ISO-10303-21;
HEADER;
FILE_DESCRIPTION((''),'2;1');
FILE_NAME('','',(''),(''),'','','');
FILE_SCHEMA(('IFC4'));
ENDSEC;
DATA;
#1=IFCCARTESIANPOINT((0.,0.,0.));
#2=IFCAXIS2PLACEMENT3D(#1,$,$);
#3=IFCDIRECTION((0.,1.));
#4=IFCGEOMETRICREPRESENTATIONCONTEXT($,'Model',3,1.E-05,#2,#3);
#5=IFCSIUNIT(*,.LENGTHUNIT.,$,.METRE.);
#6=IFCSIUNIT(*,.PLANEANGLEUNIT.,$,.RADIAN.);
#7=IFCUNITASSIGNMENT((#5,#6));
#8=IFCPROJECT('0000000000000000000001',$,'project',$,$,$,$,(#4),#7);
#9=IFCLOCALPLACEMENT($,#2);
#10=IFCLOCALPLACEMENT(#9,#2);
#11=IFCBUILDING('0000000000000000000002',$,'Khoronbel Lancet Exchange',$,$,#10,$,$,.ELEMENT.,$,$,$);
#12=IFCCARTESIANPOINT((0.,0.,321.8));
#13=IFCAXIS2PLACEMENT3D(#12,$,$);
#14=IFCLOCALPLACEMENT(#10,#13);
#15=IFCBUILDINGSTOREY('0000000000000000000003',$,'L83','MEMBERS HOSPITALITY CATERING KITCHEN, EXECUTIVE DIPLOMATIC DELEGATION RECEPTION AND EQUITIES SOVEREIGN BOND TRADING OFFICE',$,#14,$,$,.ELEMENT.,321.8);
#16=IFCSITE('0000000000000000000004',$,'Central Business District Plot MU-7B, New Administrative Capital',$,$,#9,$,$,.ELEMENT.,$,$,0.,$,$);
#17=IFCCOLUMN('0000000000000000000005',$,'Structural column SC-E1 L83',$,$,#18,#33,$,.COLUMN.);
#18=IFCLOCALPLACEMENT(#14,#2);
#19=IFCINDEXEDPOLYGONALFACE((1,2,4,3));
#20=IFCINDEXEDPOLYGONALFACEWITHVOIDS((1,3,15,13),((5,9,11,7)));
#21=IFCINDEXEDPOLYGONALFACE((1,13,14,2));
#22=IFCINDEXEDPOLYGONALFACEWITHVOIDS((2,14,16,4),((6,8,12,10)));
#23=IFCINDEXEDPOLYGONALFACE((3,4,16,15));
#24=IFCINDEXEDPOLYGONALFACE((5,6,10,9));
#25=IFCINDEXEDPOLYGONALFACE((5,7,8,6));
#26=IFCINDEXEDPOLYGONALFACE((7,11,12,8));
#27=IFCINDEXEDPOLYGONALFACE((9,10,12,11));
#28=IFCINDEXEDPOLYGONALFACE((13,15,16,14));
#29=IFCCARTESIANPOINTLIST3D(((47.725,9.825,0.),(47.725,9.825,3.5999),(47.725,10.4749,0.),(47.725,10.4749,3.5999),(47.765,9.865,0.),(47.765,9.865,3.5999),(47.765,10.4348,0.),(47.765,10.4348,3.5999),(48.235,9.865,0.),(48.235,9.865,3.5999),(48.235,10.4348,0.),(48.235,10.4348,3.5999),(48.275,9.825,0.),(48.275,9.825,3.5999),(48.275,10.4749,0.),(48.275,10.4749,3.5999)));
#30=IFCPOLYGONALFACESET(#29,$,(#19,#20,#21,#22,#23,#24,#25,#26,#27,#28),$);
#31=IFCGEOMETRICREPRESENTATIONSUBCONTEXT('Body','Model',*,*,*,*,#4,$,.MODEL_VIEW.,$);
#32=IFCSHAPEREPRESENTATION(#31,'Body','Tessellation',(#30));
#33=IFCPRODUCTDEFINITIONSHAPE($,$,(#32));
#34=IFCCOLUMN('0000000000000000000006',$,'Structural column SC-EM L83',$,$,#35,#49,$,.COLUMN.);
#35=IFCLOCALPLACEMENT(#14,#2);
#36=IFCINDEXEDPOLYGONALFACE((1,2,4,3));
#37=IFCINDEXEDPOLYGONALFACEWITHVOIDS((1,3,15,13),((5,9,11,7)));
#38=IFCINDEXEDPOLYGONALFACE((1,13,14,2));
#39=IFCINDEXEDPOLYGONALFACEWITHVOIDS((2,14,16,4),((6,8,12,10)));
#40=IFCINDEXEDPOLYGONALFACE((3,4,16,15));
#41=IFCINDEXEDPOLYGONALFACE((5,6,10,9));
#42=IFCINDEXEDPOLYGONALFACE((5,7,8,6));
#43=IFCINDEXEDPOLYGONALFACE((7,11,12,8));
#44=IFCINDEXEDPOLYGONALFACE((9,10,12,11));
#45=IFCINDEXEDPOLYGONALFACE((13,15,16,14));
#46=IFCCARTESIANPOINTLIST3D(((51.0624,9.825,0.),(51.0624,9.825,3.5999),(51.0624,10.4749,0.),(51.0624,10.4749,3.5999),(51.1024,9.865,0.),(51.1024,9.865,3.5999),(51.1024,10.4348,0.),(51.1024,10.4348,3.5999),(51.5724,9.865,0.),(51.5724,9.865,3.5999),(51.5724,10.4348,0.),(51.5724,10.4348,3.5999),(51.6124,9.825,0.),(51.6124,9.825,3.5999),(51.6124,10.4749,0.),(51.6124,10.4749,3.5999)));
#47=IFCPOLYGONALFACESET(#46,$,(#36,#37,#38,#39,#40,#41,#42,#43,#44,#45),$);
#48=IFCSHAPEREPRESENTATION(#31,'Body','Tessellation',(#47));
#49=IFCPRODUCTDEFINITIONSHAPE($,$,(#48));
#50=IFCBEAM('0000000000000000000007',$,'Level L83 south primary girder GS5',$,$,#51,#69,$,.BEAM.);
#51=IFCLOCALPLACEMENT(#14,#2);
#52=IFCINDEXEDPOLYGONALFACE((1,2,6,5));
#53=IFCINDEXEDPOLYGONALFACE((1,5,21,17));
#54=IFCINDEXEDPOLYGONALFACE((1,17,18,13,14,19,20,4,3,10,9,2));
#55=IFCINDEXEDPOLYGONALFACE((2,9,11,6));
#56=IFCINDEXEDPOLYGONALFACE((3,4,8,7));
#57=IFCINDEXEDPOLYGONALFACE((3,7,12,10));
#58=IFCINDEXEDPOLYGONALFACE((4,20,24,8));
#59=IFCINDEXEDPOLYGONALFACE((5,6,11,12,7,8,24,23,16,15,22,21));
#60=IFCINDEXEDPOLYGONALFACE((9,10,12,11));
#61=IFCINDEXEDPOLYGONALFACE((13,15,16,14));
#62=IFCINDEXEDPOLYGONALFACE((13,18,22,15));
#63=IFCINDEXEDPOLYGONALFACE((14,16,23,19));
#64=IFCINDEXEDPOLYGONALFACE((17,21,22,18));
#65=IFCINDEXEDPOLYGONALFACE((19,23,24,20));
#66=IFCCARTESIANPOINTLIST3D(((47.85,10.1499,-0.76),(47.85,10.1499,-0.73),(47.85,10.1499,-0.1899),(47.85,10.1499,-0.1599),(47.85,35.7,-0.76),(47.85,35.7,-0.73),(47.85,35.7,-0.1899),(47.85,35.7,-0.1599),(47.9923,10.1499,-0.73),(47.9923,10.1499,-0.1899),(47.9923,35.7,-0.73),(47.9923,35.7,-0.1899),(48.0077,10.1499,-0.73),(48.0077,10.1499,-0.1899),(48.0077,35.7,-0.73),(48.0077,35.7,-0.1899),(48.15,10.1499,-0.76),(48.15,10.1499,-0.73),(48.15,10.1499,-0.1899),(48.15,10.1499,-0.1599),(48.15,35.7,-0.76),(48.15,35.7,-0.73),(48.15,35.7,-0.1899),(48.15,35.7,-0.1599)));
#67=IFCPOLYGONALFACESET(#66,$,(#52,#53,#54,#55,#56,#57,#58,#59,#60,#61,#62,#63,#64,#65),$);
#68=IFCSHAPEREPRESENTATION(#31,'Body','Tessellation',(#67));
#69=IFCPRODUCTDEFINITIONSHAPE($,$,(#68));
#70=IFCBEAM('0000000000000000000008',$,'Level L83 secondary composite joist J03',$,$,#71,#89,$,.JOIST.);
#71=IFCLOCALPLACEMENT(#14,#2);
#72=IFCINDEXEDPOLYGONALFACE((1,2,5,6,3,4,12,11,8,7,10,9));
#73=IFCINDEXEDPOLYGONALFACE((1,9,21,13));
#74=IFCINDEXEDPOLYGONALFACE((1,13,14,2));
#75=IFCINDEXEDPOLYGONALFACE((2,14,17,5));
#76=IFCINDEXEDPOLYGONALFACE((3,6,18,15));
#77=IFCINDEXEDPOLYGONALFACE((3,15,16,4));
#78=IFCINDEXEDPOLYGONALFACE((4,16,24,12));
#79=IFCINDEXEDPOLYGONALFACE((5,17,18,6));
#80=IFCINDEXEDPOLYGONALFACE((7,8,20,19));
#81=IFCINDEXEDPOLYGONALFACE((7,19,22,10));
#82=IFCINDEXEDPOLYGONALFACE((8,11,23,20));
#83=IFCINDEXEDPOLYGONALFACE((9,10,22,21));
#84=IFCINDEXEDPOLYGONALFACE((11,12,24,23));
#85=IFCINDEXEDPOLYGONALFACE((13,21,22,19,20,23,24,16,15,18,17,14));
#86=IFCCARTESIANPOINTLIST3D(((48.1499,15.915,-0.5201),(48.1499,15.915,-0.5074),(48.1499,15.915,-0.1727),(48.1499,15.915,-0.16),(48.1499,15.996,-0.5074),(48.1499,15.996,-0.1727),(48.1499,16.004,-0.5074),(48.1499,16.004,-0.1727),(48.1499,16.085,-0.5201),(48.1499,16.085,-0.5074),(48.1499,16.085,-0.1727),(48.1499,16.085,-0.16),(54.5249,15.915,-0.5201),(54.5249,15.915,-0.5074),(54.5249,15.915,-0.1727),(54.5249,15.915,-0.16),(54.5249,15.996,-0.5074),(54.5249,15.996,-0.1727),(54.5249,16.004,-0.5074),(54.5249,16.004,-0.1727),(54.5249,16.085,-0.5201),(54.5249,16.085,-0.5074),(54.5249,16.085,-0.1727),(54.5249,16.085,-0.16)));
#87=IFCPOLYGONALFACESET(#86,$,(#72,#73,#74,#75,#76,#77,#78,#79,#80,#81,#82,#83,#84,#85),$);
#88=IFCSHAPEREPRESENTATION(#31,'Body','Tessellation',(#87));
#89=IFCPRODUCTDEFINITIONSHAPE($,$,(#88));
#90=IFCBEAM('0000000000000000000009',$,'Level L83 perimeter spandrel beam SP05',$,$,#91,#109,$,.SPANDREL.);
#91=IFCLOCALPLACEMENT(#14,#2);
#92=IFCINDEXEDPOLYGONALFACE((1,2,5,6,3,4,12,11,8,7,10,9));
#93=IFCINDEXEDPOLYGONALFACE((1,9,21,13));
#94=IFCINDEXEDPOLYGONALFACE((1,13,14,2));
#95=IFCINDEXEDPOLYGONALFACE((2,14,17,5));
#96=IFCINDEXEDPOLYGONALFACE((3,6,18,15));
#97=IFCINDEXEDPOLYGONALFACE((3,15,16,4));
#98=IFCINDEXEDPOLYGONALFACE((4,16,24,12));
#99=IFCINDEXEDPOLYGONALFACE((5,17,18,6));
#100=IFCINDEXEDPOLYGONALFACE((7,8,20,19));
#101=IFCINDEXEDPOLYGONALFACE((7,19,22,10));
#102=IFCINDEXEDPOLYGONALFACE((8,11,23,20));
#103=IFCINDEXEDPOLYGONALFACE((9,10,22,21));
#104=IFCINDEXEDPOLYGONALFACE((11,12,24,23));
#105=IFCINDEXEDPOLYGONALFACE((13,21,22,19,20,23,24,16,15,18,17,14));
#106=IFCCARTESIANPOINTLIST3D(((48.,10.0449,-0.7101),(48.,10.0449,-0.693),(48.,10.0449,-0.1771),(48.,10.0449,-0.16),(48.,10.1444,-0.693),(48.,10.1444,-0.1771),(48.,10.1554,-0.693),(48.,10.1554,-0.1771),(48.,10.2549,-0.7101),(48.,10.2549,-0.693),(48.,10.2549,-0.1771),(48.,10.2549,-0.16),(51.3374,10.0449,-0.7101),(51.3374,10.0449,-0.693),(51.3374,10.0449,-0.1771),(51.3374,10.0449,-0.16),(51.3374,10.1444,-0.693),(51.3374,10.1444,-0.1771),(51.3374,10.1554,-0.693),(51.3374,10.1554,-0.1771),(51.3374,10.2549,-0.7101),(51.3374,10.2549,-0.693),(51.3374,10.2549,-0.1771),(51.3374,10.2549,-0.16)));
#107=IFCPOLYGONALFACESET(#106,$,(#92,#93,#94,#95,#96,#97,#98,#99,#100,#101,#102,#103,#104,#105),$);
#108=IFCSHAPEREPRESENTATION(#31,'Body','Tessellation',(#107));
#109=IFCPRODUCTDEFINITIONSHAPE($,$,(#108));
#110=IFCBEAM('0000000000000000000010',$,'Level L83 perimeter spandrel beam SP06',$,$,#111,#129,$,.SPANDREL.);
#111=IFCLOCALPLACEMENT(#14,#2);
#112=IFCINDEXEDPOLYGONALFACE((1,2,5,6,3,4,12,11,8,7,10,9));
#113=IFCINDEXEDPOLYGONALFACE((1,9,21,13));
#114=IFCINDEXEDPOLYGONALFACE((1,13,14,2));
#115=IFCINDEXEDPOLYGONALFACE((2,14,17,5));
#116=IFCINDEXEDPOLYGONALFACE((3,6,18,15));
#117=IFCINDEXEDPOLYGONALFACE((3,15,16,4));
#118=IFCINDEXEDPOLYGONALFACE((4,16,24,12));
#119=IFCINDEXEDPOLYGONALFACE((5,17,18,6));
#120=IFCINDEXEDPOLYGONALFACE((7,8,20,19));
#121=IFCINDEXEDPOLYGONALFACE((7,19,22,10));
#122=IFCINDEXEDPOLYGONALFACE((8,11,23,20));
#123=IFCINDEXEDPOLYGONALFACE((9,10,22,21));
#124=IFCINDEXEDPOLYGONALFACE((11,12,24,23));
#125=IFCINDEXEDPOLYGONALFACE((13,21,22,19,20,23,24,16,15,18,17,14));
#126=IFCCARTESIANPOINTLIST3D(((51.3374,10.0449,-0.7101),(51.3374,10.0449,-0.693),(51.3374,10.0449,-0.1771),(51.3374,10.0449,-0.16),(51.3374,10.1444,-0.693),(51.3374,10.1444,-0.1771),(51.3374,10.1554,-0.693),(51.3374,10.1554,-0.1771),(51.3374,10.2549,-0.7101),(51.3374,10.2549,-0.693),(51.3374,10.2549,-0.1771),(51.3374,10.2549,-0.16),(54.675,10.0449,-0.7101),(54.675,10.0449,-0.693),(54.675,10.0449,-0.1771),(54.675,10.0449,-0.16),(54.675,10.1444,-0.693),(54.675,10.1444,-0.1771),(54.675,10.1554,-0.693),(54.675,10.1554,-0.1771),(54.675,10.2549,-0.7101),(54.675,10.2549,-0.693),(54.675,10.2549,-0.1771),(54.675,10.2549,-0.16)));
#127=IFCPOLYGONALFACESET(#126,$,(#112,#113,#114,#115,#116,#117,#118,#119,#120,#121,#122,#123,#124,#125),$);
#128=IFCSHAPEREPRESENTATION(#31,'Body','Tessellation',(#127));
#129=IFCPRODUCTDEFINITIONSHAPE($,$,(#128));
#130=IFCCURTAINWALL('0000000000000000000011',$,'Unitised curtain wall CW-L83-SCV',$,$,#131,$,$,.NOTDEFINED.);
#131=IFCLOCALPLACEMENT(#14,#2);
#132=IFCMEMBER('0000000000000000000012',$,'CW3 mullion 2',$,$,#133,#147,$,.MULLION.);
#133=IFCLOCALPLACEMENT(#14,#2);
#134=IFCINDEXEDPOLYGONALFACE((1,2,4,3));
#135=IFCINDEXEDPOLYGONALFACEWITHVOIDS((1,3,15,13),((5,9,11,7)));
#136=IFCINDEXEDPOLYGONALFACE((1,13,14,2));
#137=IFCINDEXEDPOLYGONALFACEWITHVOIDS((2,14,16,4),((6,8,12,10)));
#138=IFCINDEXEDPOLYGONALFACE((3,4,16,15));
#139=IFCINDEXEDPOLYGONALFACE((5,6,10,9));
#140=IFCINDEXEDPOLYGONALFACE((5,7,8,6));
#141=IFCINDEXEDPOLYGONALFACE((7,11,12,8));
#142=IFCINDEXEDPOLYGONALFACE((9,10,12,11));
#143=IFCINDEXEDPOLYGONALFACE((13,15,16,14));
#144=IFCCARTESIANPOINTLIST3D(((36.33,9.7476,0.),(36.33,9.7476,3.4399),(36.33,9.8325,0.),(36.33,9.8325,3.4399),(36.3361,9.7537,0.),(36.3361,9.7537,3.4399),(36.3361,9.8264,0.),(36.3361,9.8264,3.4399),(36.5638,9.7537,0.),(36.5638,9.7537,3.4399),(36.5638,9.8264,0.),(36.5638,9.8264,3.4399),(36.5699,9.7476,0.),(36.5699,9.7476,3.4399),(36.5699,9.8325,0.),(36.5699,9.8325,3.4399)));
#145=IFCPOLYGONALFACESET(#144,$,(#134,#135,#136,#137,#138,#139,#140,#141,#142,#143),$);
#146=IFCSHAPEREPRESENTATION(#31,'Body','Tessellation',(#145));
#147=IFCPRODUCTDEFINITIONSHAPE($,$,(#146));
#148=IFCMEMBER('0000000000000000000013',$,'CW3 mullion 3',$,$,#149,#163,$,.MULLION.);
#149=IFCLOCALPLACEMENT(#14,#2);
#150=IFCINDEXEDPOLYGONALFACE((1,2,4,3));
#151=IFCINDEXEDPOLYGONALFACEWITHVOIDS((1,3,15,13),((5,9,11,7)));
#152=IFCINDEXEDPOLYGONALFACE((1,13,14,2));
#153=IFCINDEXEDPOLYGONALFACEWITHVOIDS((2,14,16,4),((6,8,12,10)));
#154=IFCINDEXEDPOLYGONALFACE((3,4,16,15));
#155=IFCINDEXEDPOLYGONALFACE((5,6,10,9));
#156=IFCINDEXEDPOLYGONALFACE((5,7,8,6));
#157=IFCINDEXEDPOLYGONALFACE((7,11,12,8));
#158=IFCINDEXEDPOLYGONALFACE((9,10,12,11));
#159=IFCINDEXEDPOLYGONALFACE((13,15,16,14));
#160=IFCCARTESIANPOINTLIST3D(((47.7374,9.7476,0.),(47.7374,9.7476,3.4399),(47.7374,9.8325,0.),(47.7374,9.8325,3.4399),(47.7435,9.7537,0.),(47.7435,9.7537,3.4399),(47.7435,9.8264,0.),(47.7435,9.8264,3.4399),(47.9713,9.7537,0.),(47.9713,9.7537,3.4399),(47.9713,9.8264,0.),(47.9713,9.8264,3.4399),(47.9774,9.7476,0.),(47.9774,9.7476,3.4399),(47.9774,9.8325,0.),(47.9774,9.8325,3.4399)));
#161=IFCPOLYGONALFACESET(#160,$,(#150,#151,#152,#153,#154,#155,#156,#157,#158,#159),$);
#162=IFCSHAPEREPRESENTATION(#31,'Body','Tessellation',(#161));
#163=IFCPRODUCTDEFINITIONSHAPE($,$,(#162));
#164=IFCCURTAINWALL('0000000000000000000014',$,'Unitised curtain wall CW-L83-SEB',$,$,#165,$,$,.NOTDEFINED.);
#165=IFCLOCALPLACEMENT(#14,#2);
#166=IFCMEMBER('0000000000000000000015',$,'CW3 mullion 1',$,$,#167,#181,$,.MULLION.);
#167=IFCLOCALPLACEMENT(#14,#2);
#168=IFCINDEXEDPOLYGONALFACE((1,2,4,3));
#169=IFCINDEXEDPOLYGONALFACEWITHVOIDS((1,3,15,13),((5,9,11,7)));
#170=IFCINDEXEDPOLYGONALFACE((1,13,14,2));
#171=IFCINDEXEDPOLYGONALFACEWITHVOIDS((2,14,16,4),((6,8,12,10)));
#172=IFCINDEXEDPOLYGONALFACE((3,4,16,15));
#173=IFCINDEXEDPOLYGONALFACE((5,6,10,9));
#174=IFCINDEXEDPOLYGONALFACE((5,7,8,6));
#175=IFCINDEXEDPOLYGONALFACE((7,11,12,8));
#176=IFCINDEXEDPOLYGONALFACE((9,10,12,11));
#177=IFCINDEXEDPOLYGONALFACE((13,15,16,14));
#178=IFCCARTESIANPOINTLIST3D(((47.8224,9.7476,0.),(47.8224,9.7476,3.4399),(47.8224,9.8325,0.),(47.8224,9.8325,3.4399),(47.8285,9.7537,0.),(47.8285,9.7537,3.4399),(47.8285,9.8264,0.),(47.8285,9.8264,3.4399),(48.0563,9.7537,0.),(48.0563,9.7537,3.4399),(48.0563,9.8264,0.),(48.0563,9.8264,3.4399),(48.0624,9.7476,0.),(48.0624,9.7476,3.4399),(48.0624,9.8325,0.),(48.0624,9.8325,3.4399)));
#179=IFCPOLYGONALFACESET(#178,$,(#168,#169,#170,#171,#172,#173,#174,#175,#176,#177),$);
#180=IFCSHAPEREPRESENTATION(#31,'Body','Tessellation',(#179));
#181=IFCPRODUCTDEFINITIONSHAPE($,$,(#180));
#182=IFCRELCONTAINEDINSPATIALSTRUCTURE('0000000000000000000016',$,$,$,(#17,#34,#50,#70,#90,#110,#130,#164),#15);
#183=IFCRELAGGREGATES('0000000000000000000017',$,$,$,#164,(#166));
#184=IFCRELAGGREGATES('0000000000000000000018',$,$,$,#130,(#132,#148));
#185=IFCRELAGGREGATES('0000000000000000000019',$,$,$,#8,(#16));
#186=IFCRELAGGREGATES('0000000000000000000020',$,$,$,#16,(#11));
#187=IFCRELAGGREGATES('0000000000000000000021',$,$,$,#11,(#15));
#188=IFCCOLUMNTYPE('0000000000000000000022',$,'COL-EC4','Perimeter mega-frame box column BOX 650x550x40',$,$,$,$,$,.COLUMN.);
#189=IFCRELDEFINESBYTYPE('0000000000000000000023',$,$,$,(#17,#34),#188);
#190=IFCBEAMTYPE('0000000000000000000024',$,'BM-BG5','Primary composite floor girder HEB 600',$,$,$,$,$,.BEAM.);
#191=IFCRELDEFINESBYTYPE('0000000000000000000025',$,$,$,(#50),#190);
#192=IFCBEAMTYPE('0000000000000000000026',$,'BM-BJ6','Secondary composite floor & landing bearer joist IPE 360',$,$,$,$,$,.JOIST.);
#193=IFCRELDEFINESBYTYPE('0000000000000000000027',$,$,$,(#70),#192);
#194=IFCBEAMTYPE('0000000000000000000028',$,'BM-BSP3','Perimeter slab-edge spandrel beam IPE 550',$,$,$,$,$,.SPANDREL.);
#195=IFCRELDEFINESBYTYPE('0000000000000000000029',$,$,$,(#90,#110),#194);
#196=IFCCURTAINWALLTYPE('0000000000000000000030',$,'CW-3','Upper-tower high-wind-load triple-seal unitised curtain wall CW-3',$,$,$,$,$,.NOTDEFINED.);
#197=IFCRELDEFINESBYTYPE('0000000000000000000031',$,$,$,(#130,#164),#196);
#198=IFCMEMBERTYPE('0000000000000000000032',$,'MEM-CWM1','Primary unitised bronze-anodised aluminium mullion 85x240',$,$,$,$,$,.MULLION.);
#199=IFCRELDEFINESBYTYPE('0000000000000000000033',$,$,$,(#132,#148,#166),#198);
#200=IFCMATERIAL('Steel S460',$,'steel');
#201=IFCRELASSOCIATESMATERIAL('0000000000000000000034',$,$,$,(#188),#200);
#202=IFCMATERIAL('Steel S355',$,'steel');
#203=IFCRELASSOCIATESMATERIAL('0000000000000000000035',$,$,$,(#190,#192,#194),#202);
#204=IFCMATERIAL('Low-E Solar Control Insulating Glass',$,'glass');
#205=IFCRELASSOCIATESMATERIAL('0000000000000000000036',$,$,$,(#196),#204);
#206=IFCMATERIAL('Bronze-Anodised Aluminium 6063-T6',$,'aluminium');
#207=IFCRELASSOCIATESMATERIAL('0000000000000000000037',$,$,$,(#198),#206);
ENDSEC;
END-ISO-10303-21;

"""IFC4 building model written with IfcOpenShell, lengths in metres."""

from ifc_helpers import new_model, si_unit, direction, frame, origin, origin_2d, place, context, subcontext, project, spatial, hollow_rectangle, i_section, extrude, material, material_profile, profile_set, type_object, element, aggregate, save


model = new_model("IFC4")

# Units and contexts
model_context = context("Model", 3, precision=1e-05, world=origin(), true_north=direction((0.0, 1.0)))
body_context = subcontext(model_context, "Body", "Model", "MODEL_VIEW")
ifc_project = project(units=[si_unit("LENGTHUNIT", "METRE"), si_unit("PLANEANGLEUNIT", "RADIAN")], contexts=[model_context])

# Site, building, storey
site_placement = place(None, origin())
site = spatial("IfcSite", under=ifc_project, at=site_placement, Name="Central Business District Plot MU-7B, New Administrative Capital", CompositionType="ELEMENT", RefElevation=0.0)
building_placement = place(site_placement, origin())
building = spatial("IfcBuilding", under=site, at=building_placement, Name="Khoronbel Lancet Exchange", CompositionType="ELEMENT")
storey_placement = place(building_placement, frame((0.0, 0.0, 321.8)))
storey = spatial("IfcBuildingStorey", under=building, at=storey_placement, Name="L83", Description="MEMBERS HOSPITALITY CATERING KITCHEN, EXECUTIVE DIPLOMATIC DELEGATION RECEPTION AND EQUITIES SOVEREIGN BOND TRADING OFFICE", CompositionType="ELEMENT", Elevation=321.8)

# Columns
ifc_material_1 = material(Name="Steel S460", Category="steel")
ifc_material_profile_1 = material_profile(ifc_material_1, hollow_rectangle(XDim=0.55, YDim=0.6499, WallThickness=0.04, at=origin_2d()), Name="BOX 650x550x40")
ifc_profile_set_1 = profile_set([ifc_material_profile_1], Name="Steel S460")
column_type = type_object("IfcColumnType", Name="COL-EC4", Description="Perimeter mega-frame box column BOX 650x550x40", PredefinedType="COLUMN", material=ifc_profile_set_1)
for number, where, z_axis, x_axis, name in (
    (1, (48.0, 10.1499, 0.0), (0.0, 0.0, 1.0), (1.0, 0.0, 0.0), "Structural column SC-E1 L83"),
    (2, (51.3374, 10.1499, 0.0), (0.0, 0.0, 1.0), (1.0, 0.0, 0.0), "Structural column SC-EM L83"),
):
    element("IfcColumn", number, at=place(storey_placement, frame(where, z_axis=z_axis, x_axis=x_axis)), inside=storey, type_object=column_type, Name=name, PredefinedType="COLUMN", context=body_context, shape_type="SweptSolid", body=[
        extrude(hollow_rectangle(XDim=0.55, YDim=0.6499, WallThickness=0.04, at=origin_2d()), origin(), (0.0, 0.0, 1.0), 3.5999),
    ])

# Beams
ifc_material_2 = material(Name="Steel S355", Category="steel")
ifc_material_profile_2 = material_profile(ifc_material_2, i_section(OverallWidth=0.3, OverallDepth=0.6001, WebThickness=0.0154, FlangeThickness=0.03, at=origin_2d()), Name="HEB 600")
ifc_profile_set_2 = profile_set([ifc_material_profile_2], Name="Steel S355")
beam_type_1 = type_object("IfcBeamType", Name="BM-BG5", Description="Primary composite floor girder HEB 600", PredefinedType="BEAM", material=ifc_profile_set_2)
beam_1_placement = place(storey_placement, frame((48.0, 10.1499, -0.46), z_axis=(0.0, 1.0, 0.0), x_axis=(-1.0, 0.0, 0.0)))
element("IfcBeam", 3, at=beam_1_placement, inside=storey, type_object=beam_type_1, Name="Level L83 south primary girder GS5", PredefinedType="BEAM", context=body_context, shape_type="SweptSolid", body=[
    extrude(i_section(OverallWidth=0.3, OverallDepth=0.6001, WebThickness=0.0154, FlangeThickness=0.03, at=origin_2d()), origin(), (0.0, 0.0, 1.0), 25.55),
])
ifc_material_profile_3 = material_profile(ifc_material_2, i_section(OverallWidth=0.1699, OverallDepth=0.3601, WebThickness=0.0081, FlangeThickness=0.0127, at=origin_2d()), Name="IPE 360")
ifc_profile_set_3 = profile_set([ifc_material_profile_3], Name="Steel S355")
beam_type_2 = type_object("IfcBeamType", Name="BM-BJ6", Description="Secondary composite floor & landing bearer joist IPE 360", PredefinedType="JOIST", material=ifc_profile_set_3)
beam_2_placement = place(storey_placement, frame((48.1499, 16.0, -0.3401), z_axis=(1.0, 0.0, 0.0), x_axis=(0.0, 1.0, 0.0)))
element("IfcBeam", 4, at=beam_2_placement, inside=storey, type_object=beam_type_2, Name="Level L83 secondary composite joist J03", PredefinedType="JOIST", context=body_context, shape_type="SweptSolid", body=[
    extrude(i_section(OverallWidth=0.1699, OverallDepth=0.3601, WebThickness=0.0081, FlangeThickness=0.0127, at=origin_2d()), origin(), (0.0, 0.0, 1.0), 6.375),
])
ifc_material_profile_4 = material_profile(ifc_material_2, i_section(OverallWidth=0.21, OverallDepth=0.55, WebThickness=0.011, FlangeThickness=0.0171, at=origin_2d()), Name="IPE 550")
ifc_profile_set_4 = profile_set([ifc_material_profile_4], Name="Steel S355")
beam_type_3 = type_object("IfcBeamType", Name="BM-BSP3", Description="Perimeter slab-edge spandrel beam IPE 550", PredefinedType="SPANDREL", material=ifc_profile_set_4)
beam_3_placement = place(storey_placement, frame((48.0, 10.1499, -0.4351), z_axis=(1.0, 0.0, 0.0), x_axis=(0.0, 1.0, 0.0)))
element("IfcBeam", 5, at=beam_3_placement, inside=storey, type_object=beam_type_3, Name="Level L83 perimeter spandrel beam SP05", PredefinedType="SPANDREL", context=body_context, shape_type="SweptSolid", body=[
    extrude(i_section(OverallWidth=0.21, OverallDepth=0.55, WebThickness=0.011, FlangeThickness=0.0171, at=origin_2d()), origin(), (0.0, 0.0, 1.0), 3.3374),
])
beam_4_placement = place(storey_placement, frame((51.3374, 10.1499, -0.4351), z_axis=(1.0, 0.0, 0.0), x_axis=(0.0, 1.0, 0.0)))
element("IfcBeam", 6, at=beam_4_placement, inside=storey, type_object=beam_type_3, Name="Level L83 perimeter spandrel beam SP06", PredefinedType="SPANDREL", context=body_context, shape_type="SweptSolid", body=[
    extrude(i_section(OverallWidth=0.21, OverallDepth=0.55, WebThickness=0.011, FlangeThickness=0.0171, at=origin_2d()), origin(), (0.0, 0.0, 1.0), 3.3376),
])

# Curtain wall, members
ifc_material_3 = material(Name="Low-E Solar Control Insulating Glass", Category="glass")
curtain_wall_type = type_object("IfcCurtainWallType", Name="CW-3", Description="Upper-tower high-wind-load triple-seal unitised curtain wall CW-3", PredefinedType="NOTDEFINED", material=ifc_material_3)
curtain_wall_1_placement = place(storey_placement, origin())
curtain_wall_1 = element("IfcCurtainWall", 7, at=curtain_wall_1_placement, inside=storey, type_object=curtain_wall_type, Name="Unitised curtain wall CW-L83-SCV", PredefinedType="NOTDEFINED")
ifc_material_4 = material(Name="Bronze-Anodised Aluminium 6063-T6", Category="aluminium")
ifc_material_profile_5 = material_profile(ifc_material_4, hollow_rectangle(XDim=0.085, YDim=0.24, WallThickness=0.0061, at=origin_2d()), Name="ALU MULLION 85x240")
ifc_profile_set_5 = profile_set([ifc_material_profile_5], Name="Bronze-Anodised Aluminium 6063-T6")
member_type_1 = type_object("IfcMemberType", Name="MEM-CWM1", Description="Primary unitised bronze-anodised aluminium mullion 85x240", PredefinedType="MULLION", material=ifc_profile_set_5)
member_1_placement = place(storey_placement, frame((36.45, 9.79, 0.0), z_axis=(0.0, 0.0, 1.0), x_axis=(0.0, 1.0, 0.0)))
member_1 = element("IfcMember", 8, at=member_1_placement, type_object=member_type_1, Name="CW3 mullion 2", PredefinedType="MULLION", context=body_context, shape_type="SweptSolid", body=[
    extrude(hollow_rectangle(XDim=0.085, YDim=0.24, WallThickness=0.0061, at=origin_2d()), origin(), (0.0, 0.0, 1.0), 3.4399),
])
member_2_placement = place(storey_placement, frame((47.8574, 9.79, 0.0), z_axis=(0.0, 0.0, 1.0), x_axis=(0.0, 1.0, 0.0)))
member_2 = element("IfcMember", 9, at=member_2_placement, type_object=member_type_1, Name="CW3 mullion 3", PredefinedType="MULLION", context=body_context, shape_type="SweptSolid", body=[
    extrude(hollow_rectangle(XDim=0.085, YDim=0.24, WallThickness=0.0061, at=origin_2d()), origin(), (0.0, 0.0, 1.0), 3.4399),
])

# Curtain wall, member
curtain_wall_2_placement = place(storey_placement, origin())
curtain_wall_2 = element("IfcCurtainWall", 10, at=curtain_wall_2_placement, inside=storey, type_object=curtain_wall_type, Name="Unitised curtain wall CW-L83-SEB", PredefinedType="NOTDEFINED")
member_3_placement = place(storey_placement, frame((47.9424, 9.79, 0.0), z_axis=(0.0, 0.0, 1.0), x_axis=(0.0, 1.0, 0.0)))
member_3 = element("IfcMember", 11, at=member_3_placement, type_object=member_type_1, Name="CW3 mullion 1", PredefinedType="MULLION", context=body_context, shape_type="SweptSolid", body=[
    extrude(hollow_rectangle(XDim=0.085, YDim=0.24, WallThickness=0.0061, at=origin_2d()), origin(), (0.0, 0.0, 1.0), 3.4399),
])

aggregate(curtain_wall_2, [member_3])

aggregate(curtain_wall_1, [member_1, member_2])

save(model, "model.ifc")
